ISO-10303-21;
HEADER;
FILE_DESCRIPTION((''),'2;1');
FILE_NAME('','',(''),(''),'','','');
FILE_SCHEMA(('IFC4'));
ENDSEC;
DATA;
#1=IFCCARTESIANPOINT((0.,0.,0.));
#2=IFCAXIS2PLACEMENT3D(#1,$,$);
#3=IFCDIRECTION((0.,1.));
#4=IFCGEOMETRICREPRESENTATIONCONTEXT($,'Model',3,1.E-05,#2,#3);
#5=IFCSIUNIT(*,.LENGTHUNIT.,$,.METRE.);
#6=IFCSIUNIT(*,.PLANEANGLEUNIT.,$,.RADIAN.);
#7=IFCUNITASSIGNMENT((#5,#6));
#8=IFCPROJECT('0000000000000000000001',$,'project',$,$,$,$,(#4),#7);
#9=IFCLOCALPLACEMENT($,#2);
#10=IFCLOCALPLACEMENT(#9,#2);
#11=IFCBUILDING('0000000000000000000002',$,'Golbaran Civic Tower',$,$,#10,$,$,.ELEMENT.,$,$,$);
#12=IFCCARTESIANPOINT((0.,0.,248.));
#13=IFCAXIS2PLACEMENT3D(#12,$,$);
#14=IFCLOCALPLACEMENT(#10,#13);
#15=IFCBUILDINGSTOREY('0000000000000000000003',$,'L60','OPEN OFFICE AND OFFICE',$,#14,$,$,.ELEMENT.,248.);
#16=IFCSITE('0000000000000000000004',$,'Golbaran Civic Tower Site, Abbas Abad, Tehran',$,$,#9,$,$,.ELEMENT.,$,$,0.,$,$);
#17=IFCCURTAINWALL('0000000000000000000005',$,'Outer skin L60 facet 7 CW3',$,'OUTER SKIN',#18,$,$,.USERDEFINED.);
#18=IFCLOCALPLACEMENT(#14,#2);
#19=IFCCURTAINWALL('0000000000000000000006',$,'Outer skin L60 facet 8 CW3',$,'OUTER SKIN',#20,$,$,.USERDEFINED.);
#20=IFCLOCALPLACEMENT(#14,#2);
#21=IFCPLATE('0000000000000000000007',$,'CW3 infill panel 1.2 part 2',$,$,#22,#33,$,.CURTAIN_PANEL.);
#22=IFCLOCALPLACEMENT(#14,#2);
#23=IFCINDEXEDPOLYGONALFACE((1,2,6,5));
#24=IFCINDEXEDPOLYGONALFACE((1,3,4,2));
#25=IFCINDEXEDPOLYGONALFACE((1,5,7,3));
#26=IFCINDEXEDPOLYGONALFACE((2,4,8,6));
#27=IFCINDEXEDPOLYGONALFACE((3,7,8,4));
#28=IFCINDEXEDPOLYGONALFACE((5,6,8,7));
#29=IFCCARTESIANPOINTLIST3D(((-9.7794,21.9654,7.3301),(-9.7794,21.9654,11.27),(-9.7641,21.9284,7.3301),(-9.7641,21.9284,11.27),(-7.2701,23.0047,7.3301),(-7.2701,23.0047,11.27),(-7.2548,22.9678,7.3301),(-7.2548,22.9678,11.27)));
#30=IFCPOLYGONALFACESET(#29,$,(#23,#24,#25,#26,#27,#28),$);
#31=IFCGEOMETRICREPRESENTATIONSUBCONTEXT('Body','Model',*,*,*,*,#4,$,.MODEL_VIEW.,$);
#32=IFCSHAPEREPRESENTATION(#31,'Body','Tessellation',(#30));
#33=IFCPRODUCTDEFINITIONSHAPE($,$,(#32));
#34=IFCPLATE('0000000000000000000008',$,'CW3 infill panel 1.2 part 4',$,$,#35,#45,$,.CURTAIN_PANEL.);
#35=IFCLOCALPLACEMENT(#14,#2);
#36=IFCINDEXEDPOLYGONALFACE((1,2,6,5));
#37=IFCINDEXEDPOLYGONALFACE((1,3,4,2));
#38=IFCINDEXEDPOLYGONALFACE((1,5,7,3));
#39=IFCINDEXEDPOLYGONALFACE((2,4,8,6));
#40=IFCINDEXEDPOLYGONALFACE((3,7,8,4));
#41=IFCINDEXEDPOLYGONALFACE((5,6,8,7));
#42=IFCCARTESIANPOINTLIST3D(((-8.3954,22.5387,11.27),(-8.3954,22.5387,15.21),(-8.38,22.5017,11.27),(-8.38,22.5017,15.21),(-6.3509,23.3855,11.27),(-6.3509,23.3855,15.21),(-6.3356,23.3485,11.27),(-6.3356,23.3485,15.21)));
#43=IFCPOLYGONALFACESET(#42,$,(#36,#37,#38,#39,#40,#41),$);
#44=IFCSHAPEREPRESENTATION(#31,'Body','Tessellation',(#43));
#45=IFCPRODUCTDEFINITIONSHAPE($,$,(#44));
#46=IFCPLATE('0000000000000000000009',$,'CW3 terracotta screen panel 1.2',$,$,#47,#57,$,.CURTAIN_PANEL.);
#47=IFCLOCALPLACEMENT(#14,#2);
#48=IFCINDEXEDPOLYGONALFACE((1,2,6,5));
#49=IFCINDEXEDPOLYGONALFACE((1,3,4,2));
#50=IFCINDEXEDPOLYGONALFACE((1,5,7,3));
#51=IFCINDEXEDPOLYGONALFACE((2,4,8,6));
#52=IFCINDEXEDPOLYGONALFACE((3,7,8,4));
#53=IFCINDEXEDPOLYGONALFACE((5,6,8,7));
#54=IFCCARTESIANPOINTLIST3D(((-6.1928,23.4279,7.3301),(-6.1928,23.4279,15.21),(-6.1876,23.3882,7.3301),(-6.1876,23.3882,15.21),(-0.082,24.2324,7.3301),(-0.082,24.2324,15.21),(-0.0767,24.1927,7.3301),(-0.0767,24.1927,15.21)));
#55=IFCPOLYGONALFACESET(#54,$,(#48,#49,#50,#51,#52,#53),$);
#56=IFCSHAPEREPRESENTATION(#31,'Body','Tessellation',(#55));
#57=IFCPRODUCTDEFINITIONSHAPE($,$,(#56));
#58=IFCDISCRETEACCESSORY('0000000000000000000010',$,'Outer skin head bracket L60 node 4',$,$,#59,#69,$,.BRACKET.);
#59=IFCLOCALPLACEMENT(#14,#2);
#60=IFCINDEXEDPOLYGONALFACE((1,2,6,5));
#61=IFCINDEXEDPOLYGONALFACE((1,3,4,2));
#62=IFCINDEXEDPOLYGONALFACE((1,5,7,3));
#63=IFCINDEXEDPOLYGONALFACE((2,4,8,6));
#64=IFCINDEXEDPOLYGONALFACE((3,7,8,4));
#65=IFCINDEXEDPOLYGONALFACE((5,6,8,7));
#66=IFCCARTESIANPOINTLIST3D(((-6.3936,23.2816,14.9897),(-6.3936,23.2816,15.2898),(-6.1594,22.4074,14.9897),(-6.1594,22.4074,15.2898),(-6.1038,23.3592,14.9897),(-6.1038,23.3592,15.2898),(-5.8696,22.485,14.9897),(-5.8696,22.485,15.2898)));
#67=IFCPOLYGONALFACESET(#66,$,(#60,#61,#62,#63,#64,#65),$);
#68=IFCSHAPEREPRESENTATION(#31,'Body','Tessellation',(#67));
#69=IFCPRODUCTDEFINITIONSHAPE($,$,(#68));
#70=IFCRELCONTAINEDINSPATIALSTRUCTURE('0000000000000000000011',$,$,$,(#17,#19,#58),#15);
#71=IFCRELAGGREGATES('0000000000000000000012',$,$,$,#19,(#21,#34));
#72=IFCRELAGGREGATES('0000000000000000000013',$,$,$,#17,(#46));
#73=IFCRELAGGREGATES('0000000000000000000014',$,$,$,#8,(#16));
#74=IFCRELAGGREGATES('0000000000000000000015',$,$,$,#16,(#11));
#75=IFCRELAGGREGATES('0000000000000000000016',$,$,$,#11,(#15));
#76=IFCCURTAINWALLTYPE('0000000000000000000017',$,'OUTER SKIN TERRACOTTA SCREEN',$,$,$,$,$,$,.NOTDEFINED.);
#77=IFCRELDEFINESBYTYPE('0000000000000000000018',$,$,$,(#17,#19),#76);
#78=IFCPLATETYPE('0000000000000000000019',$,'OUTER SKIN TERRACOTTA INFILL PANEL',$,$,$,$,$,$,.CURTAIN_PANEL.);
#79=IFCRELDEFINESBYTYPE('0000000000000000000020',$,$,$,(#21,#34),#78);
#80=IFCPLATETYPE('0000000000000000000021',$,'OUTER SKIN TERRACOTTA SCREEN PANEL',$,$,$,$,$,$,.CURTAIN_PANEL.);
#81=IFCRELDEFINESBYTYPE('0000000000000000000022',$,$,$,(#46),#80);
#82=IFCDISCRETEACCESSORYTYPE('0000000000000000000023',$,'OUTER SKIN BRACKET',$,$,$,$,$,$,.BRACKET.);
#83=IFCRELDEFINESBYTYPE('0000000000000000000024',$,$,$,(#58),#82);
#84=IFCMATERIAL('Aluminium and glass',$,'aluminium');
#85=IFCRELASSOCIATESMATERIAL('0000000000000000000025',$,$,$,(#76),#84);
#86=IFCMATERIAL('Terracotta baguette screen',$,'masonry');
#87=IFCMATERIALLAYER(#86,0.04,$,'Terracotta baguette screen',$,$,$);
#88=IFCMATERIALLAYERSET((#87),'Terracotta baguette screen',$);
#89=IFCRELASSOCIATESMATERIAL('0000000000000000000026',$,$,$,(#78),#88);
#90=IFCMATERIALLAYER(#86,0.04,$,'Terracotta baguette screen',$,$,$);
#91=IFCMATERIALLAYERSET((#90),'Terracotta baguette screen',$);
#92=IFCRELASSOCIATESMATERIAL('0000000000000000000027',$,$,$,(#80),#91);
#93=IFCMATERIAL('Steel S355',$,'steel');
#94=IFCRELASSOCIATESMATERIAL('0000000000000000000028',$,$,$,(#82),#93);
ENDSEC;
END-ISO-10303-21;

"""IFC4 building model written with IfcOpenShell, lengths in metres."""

from ifc_helpers import new_model, si_unit, direction, frame, origin, origin_2d, place, context, subcontext, project, spatial, rectangle, extrude, material, layer, layer_set, type_object, element, aggregate, save


model = new_model("IFC4")

# Units and contexts
model_context = context("Model", 3, precision=1e-05, world=origin(), true_north=direction((0.0, 1.0)))
body_context = subcontext(model_context, "Body", "Model", "MODEL_VIEW")
ifc_project = project(units=[si_unit("LENGTHUNIT", "METRE"), si_unit("PLANEANGLEUNIT", "RADIAN")], contexts=[model_context])

# Site, building, storey
site_placement = place(None, origin())
site = spatial("IfcSite", under=ifc_project, at=site_placement, Name="Golbaran Civic Tower Site, Abbas Abad, Tehran", CompositionType="ELEMENT", RefElevation=0.0)
building_placement = place(site_placement, origin())
building = spatial("IfcBuilding", under=site, at=building_placement, Name="Golbaran Civic Tower", CompositionType="ELEMENT")
storey_placement = place(building_placement, frame((0.0, 0.0, 248.0)))
storey = spatial("IfcBuildingStorey", under=building, at=storey_placement, Name="L60", Description="OPEN OFFICE AND OFFICE", CompositionType="ELEMENT", Elevation=248.0)

# Curtain walls
ifc_material_1 = material(Name="Aluminium and glass", Category="aluminium")
curtain_wall_type_1 = type_object("IfcCurtainWallType", Name="OUTER SKIN TERRACOTTA SCREEN", PredefinedType="NOTDEFINED", material=ifc_material_1)
curtain_wall_1_placement = place(storey_placement, origin())
curtain_wall_1 = element("IfcCurtainWall", 1, at=curtain_wall_1_placement, inside=storey, type_object=curtain_wall_type_1, Name="Outer skin L60 facet 7 CW3", ObjectType="OUTER SKIN", PredefinedType="USERDEFINED")
curtain_wall_2_placement = place(storey_placement, origin())
curtain_wall_2 = element("IfcCurtainWall", 2, at=curtain_wall_2_placement, inside=storey, type_object=curtain_wall_type_1, Name="Outer skin L60 facet 8 CW3", ObjectType="OUTER SKIN", PredefinedType="USERDEFINED")

# Plates
ifc_material_2 = material(Name="Terracotta baguette screen", Category="masonry")
ifc_layer_1 = layer(ifc_material_2, 0.04, Name="Terracotta baguette screen")
ifc_layer_set_1 = layer_set([ifc_layer_1], Name="Terracotta baguette screen")
plate_type_1 = type_object("IfcPlateType", Name="OUTER SKIN TERRACOTTA INFILL PANEL", PredefinedType="CURTAIN_PANEL", material=ifc_layer_set_1)
plate_1_placement = place(storey_placement, frame((-8.5171, 22.4666, 7.3301), z_axis=(0.0, 0.0, 1.0), x_axis=(-0.92388, -0.382683, 0.0)))
plate_1 = element("IfcPlate", 3, at=plate_1_placement, type_object=plate_type_1, Name="CW3 infill panel 1.2 part 2", PredefinedType="CURTAIN_PANEL", context=body_context, shape_type="SweptSolid", body=[
    extrude(rectangle(XDim=2.7161, YDim=0.04, at=origin_2d()), origin(), (0.0, 0.0, 1.0), 3.9399),
])
plate_2_placement = place(storey_placement, frame((-7.3655, 22.9436, 11.27), z_axis=(0.0, 0.0, 1.0), x_axis=(-0.92388, -0.382683, 0.0)))
plate_2 = element("IfcPlate", 4, at=plate_2_placement, type_object=plate_type_1, Name="CW3 infill panel 1.2 part 4", PredefinedType="CURTAIN_PANEL", context=body_context, shape_type="SweptSolid", body=[
    extrude(rectangle(XDim=2.2129, YDim=0.04, at=origin_2d()), origin(), (0.0, 0.0, 1.0), 3.9399),
])
aggregate(curtain_wall_2, [plate_1, plate_2])
ifc_layer_2 = layer(ifc_material_2, 0.04, Name="Terracotta baguette screen")
ifc_layer_set_2 = layer_set([ifc_layer_2], Name="Terracotta baguette screen")
plate_type_2 = type_object("IfcPlateType", Name="OUTER SKIN TERRACOTTA SCREEN PANEL", PredefinedType="CURTAIN_PANEL", material=ifc_layer_set_2)
plate_3_placement = place(storey_placement, frame((-3.1348, 23.8103, 7.3301), z_axis=(0.0, 0.0, 1.0), x_axis=(-0.991445, -0.130526, 0.0)))
plate_3 = element("IfcPlate", 5, at=plate_3_placement, type_object=plate_type_2, Name="CW3 terracotta screen panel 1.2", PredefinedType="CURTAIN_PANEL", context=body_context, shape_type="SweptSolid", body=[
    extrude(rectangle(XDim=6.1636, YDim=0.04, at=origin_2d()), origin(), (0.0, 0.0, 1.0), 7.8799),
])
aggregate(curtain_wall_1, [plate_3])

# Discrete accessory
ifc_material_3 = material(Name="Steel S355", Category="steel")
discrete_accessory_type = type_object("IfcDiscreteAccessoryType", Name="OUTER SKIN BRACKET", PredefinedType="BRACKET", material=ifc_material_3)
discrete_accessory_placement = place(storey_placement, frame((-6.1316, 22.8833, 14.9897), z_axis=(0.0, 0.0, 1.0), x_axis=(-0.258819, 0.965926, 0.0)))
element("IfcDiscreteAccessory", 6, at=discrete_accessory_placement, inside=storey, type_object=discrete_accessory_type, Name="Outer skin head bracket L60 node 4", PredefinedType="BRACKET", context=body_context, shape_type="SweptSolid", body=[
    extrude(rectangle(XDim=0.905, YDim=0.3, at=origin_2d()), origin(), (0.0, 0.0, 1.0), 0.3),
])

save(model, "model.ifc")
